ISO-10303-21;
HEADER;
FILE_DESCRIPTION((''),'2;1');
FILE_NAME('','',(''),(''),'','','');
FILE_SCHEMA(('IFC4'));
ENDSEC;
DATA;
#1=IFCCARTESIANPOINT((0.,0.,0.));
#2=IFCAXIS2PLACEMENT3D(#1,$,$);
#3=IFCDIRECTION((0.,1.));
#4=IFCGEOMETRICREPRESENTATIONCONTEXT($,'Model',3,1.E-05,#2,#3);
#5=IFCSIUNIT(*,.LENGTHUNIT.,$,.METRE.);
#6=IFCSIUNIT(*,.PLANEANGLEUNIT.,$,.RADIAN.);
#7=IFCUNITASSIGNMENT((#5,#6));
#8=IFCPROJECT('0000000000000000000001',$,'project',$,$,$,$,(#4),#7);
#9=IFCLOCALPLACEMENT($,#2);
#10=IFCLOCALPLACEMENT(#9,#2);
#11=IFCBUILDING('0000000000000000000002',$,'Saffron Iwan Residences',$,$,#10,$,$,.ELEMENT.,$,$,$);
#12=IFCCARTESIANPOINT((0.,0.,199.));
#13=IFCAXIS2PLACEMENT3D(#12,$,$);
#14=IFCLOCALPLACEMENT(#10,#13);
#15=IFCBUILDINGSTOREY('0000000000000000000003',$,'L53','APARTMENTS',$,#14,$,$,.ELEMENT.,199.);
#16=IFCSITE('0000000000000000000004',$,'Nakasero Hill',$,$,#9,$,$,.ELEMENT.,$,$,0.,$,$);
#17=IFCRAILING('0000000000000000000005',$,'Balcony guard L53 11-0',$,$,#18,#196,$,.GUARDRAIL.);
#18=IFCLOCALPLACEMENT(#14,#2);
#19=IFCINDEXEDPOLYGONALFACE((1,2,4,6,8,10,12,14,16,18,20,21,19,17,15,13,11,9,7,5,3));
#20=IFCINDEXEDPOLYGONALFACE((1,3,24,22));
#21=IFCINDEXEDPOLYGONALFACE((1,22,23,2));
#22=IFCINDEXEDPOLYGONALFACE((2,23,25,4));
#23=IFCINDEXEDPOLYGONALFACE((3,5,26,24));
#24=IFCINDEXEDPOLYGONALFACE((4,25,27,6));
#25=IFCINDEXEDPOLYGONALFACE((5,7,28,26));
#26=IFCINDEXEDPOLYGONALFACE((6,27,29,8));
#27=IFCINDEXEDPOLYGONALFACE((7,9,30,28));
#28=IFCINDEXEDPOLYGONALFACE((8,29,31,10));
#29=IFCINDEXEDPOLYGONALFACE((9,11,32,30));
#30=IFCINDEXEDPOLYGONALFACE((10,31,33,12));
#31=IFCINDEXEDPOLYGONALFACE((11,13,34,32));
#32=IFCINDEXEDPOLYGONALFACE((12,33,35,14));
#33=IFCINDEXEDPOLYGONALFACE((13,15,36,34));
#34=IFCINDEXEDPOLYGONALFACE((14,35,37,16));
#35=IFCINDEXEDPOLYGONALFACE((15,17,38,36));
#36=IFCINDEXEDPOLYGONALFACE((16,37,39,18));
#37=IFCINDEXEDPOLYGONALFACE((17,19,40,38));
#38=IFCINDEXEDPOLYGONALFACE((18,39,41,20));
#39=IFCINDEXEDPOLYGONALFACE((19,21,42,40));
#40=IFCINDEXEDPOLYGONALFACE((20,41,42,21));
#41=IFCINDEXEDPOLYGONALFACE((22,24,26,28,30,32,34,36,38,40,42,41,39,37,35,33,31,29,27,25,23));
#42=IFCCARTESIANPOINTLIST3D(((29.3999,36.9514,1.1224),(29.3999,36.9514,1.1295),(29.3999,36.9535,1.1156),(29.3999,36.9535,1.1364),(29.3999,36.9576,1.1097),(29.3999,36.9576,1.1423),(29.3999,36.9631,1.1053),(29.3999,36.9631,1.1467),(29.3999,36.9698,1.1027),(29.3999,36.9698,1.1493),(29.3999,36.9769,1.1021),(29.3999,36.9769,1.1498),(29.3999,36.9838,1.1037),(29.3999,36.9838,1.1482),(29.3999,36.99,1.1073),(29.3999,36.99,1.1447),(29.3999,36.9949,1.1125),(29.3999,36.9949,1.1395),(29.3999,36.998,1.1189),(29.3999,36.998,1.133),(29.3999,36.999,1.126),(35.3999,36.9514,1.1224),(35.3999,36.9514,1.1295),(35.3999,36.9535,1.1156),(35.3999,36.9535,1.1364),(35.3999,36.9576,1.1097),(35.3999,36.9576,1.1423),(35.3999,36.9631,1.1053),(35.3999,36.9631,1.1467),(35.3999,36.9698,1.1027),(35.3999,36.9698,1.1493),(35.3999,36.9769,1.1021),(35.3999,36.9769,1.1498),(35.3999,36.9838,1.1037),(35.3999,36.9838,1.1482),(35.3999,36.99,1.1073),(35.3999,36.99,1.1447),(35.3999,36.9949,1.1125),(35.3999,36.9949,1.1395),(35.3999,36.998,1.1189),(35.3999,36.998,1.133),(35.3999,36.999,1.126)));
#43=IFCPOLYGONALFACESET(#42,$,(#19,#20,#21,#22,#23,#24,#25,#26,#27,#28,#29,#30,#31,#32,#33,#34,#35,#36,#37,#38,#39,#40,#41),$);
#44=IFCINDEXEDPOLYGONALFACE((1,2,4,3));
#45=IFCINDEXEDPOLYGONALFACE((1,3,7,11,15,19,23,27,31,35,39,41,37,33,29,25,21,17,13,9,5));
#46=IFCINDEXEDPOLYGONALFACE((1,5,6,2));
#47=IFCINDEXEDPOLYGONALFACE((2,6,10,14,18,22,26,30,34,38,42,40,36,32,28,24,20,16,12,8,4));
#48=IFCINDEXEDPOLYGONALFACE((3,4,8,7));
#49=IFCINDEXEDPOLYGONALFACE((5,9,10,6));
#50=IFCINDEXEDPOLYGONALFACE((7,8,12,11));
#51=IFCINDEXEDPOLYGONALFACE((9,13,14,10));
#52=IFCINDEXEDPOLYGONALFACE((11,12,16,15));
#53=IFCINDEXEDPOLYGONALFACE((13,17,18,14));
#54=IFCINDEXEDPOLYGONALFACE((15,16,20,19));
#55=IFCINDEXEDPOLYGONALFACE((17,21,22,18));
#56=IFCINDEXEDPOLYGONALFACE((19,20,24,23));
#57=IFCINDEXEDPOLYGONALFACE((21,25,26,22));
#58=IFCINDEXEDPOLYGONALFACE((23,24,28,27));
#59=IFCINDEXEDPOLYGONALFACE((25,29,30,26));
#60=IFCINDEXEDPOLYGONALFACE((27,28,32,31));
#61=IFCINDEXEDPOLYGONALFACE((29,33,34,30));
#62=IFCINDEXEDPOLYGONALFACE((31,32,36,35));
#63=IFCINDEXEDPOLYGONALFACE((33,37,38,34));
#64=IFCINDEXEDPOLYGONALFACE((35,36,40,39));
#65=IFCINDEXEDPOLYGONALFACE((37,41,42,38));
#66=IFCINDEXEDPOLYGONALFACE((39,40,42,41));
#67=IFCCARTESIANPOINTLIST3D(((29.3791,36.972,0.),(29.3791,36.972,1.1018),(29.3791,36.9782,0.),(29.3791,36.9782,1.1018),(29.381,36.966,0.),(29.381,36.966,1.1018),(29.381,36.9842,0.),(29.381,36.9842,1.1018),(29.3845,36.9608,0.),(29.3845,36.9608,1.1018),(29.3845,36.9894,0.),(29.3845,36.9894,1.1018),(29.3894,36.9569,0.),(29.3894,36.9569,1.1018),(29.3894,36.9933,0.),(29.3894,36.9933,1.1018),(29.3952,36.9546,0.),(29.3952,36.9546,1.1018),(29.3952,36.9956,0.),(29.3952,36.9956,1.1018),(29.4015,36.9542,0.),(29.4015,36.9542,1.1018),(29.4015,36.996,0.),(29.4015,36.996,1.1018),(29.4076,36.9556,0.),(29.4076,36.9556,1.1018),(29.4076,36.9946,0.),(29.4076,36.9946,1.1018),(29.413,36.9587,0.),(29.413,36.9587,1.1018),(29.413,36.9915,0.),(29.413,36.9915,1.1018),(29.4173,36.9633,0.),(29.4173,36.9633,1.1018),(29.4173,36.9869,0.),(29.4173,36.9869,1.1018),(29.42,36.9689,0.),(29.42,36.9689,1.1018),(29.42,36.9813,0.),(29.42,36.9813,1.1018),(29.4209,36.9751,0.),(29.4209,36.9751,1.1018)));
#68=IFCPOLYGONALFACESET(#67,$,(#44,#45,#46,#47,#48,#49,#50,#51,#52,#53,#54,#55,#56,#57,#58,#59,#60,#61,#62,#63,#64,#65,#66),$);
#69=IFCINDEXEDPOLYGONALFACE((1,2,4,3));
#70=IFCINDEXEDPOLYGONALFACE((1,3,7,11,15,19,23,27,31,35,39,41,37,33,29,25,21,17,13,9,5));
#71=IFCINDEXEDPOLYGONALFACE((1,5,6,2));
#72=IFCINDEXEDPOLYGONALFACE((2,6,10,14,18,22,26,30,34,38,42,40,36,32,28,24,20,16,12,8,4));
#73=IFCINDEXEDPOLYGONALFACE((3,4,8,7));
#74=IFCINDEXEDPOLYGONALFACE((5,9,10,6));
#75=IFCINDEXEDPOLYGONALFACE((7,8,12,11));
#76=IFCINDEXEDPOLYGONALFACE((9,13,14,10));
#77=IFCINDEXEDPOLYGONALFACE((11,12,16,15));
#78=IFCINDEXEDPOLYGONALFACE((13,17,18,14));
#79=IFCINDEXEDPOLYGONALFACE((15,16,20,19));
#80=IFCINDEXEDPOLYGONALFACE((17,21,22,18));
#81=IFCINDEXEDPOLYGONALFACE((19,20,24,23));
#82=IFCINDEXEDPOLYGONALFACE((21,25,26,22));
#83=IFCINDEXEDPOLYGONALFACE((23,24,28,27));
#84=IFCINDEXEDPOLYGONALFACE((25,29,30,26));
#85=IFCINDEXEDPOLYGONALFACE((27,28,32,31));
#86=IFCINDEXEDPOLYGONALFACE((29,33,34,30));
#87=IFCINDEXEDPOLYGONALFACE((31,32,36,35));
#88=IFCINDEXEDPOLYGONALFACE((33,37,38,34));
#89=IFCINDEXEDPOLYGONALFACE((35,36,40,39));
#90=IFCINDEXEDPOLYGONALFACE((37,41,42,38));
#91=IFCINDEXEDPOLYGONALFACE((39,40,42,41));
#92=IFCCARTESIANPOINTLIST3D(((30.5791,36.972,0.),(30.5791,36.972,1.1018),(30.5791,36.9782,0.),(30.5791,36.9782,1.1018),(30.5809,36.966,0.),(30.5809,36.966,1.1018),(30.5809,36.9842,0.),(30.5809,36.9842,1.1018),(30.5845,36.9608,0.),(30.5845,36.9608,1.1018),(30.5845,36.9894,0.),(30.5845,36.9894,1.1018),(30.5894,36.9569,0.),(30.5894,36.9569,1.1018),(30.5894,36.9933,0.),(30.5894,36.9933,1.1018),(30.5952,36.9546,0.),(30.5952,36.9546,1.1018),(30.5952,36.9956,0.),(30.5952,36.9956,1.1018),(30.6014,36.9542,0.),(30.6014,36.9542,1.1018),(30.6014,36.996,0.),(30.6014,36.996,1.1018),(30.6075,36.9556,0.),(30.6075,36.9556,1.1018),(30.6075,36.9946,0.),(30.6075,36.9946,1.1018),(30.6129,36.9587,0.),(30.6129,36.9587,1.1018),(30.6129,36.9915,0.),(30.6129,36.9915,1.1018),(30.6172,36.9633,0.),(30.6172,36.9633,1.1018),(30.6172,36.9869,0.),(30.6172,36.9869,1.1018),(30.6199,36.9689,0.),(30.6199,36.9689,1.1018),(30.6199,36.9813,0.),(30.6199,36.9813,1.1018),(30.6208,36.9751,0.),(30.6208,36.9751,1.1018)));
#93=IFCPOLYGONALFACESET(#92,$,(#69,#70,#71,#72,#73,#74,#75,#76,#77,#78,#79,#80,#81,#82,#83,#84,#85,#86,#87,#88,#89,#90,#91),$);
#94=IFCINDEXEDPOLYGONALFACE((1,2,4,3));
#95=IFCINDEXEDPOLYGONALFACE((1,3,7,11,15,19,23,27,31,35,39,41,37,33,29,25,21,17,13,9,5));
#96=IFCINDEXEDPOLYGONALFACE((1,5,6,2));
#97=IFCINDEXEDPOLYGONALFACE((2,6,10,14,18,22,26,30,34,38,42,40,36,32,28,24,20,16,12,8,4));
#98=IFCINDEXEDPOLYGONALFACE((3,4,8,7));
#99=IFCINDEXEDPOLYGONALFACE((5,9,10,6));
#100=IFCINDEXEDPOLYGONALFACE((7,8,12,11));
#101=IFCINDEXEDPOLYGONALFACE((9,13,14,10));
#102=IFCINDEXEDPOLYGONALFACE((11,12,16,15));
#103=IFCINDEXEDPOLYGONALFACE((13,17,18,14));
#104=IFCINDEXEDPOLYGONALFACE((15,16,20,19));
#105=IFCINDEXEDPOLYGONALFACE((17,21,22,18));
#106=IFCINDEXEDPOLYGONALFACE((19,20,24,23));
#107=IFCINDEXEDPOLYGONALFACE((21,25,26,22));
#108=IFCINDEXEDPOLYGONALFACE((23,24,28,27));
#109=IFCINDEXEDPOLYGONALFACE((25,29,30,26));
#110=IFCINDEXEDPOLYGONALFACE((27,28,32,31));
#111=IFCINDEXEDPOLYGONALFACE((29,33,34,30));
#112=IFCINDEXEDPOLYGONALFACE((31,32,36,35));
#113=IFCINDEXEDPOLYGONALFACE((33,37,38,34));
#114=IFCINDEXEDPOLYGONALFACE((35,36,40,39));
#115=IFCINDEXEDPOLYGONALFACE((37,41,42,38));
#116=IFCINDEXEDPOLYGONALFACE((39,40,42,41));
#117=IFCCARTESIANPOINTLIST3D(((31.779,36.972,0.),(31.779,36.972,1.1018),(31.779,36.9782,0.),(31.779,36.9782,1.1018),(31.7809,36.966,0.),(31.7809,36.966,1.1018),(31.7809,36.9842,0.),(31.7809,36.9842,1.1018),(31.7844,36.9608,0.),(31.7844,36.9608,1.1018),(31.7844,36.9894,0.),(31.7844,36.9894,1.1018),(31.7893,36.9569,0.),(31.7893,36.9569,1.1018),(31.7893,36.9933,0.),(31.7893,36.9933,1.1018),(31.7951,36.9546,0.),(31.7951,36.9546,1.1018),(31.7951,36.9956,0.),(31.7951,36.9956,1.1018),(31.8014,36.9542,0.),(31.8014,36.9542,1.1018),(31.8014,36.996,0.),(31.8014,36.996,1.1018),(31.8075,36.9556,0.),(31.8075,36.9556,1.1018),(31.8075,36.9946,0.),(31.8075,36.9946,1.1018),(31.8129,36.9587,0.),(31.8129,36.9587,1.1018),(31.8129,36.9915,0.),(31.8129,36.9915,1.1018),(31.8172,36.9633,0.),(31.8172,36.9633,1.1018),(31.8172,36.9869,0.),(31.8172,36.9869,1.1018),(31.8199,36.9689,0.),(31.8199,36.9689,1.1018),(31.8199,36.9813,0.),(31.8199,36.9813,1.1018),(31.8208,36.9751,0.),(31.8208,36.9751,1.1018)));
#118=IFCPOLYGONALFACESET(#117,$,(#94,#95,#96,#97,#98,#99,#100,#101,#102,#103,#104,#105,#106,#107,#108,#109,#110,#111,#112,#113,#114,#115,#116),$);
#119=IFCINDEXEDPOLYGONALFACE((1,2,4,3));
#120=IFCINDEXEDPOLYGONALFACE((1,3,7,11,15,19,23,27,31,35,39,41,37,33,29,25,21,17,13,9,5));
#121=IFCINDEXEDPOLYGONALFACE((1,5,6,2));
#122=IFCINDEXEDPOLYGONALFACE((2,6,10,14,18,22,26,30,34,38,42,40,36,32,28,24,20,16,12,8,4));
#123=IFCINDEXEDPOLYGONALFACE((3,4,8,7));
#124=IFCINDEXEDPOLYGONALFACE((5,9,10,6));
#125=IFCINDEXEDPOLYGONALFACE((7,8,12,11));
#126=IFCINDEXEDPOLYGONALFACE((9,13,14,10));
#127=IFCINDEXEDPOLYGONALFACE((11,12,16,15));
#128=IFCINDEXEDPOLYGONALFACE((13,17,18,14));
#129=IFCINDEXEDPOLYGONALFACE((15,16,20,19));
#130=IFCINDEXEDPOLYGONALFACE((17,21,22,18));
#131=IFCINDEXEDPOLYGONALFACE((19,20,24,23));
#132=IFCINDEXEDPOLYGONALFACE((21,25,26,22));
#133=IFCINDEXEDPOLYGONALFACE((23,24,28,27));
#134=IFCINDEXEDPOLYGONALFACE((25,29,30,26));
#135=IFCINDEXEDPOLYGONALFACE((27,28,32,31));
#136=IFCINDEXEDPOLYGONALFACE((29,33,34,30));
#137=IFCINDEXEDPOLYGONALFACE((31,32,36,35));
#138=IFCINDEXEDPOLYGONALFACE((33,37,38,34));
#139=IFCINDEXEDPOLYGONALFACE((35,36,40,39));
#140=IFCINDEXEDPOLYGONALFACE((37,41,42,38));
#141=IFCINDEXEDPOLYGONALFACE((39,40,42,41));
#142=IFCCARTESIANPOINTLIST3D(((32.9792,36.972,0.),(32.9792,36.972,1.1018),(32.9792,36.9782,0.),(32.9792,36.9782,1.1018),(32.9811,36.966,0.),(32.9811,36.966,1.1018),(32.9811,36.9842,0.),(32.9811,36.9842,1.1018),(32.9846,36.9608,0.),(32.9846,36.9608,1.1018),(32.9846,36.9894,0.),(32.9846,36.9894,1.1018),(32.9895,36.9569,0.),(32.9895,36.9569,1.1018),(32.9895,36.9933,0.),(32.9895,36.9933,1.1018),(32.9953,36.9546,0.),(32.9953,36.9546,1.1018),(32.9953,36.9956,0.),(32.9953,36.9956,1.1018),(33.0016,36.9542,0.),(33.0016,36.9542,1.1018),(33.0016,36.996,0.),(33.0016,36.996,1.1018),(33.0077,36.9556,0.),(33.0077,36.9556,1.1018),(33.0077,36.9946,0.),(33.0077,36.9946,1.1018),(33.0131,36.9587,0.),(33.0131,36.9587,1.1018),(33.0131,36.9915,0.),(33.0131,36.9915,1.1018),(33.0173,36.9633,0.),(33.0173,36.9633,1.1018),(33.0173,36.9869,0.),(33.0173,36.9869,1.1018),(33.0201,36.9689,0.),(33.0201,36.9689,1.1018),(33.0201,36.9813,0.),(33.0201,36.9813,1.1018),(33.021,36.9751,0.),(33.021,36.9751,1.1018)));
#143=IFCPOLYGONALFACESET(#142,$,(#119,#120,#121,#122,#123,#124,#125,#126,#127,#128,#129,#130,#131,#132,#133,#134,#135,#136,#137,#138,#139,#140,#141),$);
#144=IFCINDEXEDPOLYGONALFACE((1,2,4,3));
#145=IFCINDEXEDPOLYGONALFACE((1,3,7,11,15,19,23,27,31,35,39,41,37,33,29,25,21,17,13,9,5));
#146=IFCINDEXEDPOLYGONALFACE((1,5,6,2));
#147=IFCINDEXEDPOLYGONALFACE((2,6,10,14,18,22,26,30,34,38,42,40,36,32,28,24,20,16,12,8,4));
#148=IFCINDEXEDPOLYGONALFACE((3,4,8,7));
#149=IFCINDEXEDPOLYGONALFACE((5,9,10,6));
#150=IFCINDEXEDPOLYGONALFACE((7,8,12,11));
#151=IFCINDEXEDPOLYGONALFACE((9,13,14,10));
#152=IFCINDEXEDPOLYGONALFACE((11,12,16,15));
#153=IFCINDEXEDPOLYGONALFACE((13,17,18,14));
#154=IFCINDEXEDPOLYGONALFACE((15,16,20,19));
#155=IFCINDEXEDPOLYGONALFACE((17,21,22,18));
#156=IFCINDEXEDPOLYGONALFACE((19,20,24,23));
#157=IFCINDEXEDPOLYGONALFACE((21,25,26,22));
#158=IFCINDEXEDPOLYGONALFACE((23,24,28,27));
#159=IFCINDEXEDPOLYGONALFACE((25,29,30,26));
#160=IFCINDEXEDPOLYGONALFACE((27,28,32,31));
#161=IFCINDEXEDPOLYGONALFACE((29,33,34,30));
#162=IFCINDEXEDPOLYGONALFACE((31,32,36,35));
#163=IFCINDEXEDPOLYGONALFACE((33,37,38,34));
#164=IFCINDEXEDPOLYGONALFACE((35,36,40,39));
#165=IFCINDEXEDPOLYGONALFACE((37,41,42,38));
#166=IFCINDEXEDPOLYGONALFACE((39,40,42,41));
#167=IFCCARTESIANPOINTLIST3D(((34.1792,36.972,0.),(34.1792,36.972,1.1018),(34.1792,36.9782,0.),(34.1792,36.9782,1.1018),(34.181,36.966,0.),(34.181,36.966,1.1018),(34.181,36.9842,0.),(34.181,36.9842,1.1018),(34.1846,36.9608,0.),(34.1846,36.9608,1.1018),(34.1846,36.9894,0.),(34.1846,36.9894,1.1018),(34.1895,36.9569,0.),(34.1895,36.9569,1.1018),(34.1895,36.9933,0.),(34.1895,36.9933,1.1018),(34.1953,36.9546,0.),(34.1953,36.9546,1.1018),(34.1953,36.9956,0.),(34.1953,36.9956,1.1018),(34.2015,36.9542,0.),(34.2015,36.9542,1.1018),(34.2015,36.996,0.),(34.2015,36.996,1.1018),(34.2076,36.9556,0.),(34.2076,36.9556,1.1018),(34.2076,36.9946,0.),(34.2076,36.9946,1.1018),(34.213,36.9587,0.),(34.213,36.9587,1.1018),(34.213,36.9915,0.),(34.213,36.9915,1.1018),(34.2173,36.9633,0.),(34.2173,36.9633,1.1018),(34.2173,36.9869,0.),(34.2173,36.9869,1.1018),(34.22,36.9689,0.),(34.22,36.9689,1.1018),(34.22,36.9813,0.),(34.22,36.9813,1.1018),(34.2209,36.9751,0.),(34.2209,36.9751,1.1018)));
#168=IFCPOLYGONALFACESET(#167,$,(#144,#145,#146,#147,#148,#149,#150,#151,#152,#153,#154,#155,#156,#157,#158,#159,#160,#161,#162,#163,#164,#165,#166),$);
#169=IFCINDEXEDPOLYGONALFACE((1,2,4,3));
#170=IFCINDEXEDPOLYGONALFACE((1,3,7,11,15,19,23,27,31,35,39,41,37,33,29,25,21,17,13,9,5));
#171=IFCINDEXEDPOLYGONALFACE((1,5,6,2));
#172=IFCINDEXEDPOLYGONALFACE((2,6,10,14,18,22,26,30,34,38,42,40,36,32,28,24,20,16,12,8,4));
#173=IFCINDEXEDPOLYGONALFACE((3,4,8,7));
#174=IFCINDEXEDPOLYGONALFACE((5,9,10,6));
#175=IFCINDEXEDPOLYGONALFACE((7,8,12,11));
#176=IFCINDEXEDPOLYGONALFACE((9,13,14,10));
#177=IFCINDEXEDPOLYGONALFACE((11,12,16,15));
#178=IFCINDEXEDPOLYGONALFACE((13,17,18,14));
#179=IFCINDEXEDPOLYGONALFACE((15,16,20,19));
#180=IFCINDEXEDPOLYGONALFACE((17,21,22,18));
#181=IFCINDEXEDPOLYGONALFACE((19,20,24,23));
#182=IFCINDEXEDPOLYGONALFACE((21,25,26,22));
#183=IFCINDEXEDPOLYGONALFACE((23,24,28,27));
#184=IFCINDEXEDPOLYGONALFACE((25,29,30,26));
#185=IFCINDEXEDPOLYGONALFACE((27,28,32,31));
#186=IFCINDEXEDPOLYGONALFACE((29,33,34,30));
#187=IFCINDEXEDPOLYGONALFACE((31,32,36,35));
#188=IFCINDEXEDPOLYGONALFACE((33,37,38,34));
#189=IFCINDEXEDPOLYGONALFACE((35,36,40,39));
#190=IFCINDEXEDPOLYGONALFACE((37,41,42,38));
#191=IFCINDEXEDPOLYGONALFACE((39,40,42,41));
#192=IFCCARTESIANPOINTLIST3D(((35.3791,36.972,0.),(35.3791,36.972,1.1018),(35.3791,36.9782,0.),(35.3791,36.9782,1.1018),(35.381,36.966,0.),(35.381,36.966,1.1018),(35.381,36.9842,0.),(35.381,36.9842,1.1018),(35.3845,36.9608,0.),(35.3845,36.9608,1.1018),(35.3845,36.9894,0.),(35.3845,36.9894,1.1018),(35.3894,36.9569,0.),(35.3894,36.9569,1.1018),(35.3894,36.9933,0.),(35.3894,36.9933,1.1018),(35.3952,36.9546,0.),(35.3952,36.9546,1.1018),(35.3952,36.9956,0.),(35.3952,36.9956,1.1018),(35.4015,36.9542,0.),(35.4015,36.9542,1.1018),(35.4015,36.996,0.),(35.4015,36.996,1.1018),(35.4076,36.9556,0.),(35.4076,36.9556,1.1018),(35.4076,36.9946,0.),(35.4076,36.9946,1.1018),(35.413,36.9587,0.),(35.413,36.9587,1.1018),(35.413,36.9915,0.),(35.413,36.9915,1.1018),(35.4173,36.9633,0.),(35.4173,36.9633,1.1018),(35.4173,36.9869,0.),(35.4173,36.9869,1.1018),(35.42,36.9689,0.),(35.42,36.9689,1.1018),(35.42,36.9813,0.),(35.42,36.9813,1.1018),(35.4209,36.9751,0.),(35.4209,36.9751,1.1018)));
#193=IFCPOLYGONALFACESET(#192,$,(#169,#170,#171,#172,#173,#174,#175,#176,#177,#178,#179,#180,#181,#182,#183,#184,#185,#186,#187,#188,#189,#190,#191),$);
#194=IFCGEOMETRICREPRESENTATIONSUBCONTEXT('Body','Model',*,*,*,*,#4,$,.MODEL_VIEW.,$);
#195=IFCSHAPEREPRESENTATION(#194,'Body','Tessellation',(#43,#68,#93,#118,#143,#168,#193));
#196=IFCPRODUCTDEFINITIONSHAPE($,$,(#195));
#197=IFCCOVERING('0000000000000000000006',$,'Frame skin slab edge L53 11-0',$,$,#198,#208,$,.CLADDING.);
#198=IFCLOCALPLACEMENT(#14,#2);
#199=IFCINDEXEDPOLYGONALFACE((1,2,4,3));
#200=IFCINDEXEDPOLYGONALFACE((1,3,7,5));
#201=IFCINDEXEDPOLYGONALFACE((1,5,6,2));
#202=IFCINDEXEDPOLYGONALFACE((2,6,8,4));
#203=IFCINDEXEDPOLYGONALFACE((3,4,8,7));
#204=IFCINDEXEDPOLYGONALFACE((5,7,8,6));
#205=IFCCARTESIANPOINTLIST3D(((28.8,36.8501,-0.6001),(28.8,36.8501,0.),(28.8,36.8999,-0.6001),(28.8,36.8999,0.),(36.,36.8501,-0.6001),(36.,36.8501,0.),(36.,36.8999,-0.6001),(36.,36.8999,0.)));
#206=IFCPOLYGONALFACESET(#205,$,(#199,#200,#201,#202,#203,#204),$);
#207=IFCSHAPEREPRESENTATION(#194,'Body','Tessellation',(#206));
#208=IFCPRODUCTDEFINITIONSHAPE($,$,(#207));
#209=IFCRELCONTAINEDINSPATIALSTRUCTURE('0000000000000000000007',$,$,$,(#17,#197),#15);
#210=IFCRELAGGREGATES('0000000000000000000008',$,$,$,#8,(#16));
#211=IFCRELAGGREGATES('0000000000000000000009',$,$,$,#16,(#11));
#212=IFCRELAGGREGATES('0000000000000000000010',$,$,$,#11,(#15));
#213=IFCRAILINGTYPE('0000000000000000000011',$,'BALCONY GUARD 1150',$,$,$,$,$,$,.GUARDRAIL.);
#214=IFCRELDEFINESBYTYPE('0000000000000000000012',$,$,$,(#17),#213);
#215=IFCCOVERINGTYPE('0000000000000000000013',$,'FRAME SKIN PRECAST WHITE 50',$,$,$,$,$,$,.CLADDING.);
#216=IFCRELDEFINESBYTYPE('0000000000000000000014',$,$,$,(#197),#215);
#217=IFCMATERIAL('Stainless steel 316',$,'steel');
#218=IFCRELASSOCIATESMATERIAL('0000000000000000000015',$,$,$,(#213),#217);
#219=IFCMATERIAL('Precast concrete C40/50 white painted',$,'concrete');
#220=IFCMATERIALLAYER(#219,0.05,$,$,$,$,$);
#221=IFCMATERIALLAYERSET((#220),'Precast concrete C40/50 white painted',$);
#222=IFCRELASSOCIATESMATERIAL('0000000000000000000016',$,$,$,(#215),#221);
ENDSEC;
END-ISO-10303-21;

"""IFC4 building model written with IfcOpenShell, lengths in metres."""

from ifc_helpers import new_model, si_unit, direction, frame, origin, origin_2d, place, context, subcontext, project, spatial, polyline, circle, outline, extrude, material, layer, layer_set, type_object, element, save


model = new_model("IFC4")

# Units and contexts
model_context = context("Model", 3, precision=1e-05, world=origin(), true_north=direction((0.0, 1.0)))
body_context = subcontext(model_context, "Body", "Model", "MODEL_VIEW")
ifc_project = project(units=[si_unit("LENGTHUNIT", "METRE"), si_unit("PLANEANGLEUNIT", "RADIAN")], contexts=[model_context])

# Site, building, storey
site_placement = place(None, origin())
site = spatial("IfcSite", under=ifc_project, at=site_placement, Name="Nakasero Hill", CompositionType="ELEMENT", RefElevation=0.0)
building_placement = place(site_placement, origin())
building = spatial("IfcBuilding", under=site, at=building_placement, Name="Saffron Iwan Residences", CompositionType="ELEMENT")
storey_placement = place(building_placement, frame((0.0, 0.0, 199.0)))
storey = spatial("IfcBuildingStorey", under=building, at=storey_placement, Name="L53", Description="APARTMENTS", CompositionType="ELEMENT", Elevation=199.0)

# Railing
ifc_material_1 = material(Name="Stainless steel 316", Category="steel")
railing_type = type_object("IfcRailingType", Name="BALCONY GUARD 1150", PredefinedType="GUARDRAIL", material=ifc_material_1)
railing_placement = place(storey_placement, frame((29.3999, 36.9751, 0.0)))
element("IfcRailing", 1, at=railing_placement, inside=storey, type_object=railing_type, Name="Balcony guard L53 11-0", PredefinedType="GUARDRAIL", context=body_context, shape_type="SweptSolid", body=[
    extrude(circle(Radius=0.0239, at=origin_2d()), frame((0.0, 0.0, 1.126), z_axis=(1.0, 0.0, 0.0), x_axis=(0.0, 1.0, 0.0)), (0.0, 0.0, 1.0), 6.0),
    extrude(circle(Radius=0.021, at=origin_2d()), origin(), (0.0, 0.0, 1.0), 1.1018),
    extrude(circle(Radius=0.021, at=origin_2d()), frame((1.2, 0.0, 0.0)), (0.0, 0.0, 1.0), 1.1018),
    extrude(circle(Radius=0.021, at=origin_2d()), frame((2.3999, 0.0, 0.0)), (0.0, 0.0, 1.0), 1.1018),
    extrude(circle(Radius=0.021, at=origin_2d()), frame((3.6001, 0.0, 0.0)), (0.0, 0.0, 1.0), 1.1018),
    extrude(circle(Radius=0.021, at=origin_2d()), frame((4.8, 0.0, 0.0)), (0.0, 0.0, 1.0), 1.1018),
    extrude(circle(Radius=0.021, at=origin_2d()), frame((6.0, 0.0, 0.0)), (0.0, 0.0, 1.0), 1.1018),
])

# Covering
ifc_material_2 = material(Name="Precast concrete C40/50 white painted", Category="concrete")
ifc_layer_1 = layer(ifc_material_2, 0.05)
ifc_layer_set_1 = layer_set([ifc_layer_1], Name="Precast concrete C40/50 white painted")
covering_type_1 = type_object("IfcCoveringType", Name="FRAME SKIN PRECAST WHITE 50", PredefinedType="CLADDING", material=ifc_layer_set_1)
for number, where, name in (
    (2, (0.0, 0.0, -0.6001), "Frame skin slab edge L53 11-0"),
):
    element("IfcCovering", number, at=place(storey_placement, frame(where)), inside=storey, type_object=covering_type_1, Name=name, PredefinedType="CLADDING", context=body_context, shape_type="SweptSolid", body=[
        extrude(outline(polyline([(28.8, 36.8501), (36.0, 36.8501), (36.0, 36.8999), (28.8, 36.8999), (28.8, 36.8501)])), origin(), (0.0, 0.0, 1.0), 0.6001),
    ])

save(model, "model.ifc")
